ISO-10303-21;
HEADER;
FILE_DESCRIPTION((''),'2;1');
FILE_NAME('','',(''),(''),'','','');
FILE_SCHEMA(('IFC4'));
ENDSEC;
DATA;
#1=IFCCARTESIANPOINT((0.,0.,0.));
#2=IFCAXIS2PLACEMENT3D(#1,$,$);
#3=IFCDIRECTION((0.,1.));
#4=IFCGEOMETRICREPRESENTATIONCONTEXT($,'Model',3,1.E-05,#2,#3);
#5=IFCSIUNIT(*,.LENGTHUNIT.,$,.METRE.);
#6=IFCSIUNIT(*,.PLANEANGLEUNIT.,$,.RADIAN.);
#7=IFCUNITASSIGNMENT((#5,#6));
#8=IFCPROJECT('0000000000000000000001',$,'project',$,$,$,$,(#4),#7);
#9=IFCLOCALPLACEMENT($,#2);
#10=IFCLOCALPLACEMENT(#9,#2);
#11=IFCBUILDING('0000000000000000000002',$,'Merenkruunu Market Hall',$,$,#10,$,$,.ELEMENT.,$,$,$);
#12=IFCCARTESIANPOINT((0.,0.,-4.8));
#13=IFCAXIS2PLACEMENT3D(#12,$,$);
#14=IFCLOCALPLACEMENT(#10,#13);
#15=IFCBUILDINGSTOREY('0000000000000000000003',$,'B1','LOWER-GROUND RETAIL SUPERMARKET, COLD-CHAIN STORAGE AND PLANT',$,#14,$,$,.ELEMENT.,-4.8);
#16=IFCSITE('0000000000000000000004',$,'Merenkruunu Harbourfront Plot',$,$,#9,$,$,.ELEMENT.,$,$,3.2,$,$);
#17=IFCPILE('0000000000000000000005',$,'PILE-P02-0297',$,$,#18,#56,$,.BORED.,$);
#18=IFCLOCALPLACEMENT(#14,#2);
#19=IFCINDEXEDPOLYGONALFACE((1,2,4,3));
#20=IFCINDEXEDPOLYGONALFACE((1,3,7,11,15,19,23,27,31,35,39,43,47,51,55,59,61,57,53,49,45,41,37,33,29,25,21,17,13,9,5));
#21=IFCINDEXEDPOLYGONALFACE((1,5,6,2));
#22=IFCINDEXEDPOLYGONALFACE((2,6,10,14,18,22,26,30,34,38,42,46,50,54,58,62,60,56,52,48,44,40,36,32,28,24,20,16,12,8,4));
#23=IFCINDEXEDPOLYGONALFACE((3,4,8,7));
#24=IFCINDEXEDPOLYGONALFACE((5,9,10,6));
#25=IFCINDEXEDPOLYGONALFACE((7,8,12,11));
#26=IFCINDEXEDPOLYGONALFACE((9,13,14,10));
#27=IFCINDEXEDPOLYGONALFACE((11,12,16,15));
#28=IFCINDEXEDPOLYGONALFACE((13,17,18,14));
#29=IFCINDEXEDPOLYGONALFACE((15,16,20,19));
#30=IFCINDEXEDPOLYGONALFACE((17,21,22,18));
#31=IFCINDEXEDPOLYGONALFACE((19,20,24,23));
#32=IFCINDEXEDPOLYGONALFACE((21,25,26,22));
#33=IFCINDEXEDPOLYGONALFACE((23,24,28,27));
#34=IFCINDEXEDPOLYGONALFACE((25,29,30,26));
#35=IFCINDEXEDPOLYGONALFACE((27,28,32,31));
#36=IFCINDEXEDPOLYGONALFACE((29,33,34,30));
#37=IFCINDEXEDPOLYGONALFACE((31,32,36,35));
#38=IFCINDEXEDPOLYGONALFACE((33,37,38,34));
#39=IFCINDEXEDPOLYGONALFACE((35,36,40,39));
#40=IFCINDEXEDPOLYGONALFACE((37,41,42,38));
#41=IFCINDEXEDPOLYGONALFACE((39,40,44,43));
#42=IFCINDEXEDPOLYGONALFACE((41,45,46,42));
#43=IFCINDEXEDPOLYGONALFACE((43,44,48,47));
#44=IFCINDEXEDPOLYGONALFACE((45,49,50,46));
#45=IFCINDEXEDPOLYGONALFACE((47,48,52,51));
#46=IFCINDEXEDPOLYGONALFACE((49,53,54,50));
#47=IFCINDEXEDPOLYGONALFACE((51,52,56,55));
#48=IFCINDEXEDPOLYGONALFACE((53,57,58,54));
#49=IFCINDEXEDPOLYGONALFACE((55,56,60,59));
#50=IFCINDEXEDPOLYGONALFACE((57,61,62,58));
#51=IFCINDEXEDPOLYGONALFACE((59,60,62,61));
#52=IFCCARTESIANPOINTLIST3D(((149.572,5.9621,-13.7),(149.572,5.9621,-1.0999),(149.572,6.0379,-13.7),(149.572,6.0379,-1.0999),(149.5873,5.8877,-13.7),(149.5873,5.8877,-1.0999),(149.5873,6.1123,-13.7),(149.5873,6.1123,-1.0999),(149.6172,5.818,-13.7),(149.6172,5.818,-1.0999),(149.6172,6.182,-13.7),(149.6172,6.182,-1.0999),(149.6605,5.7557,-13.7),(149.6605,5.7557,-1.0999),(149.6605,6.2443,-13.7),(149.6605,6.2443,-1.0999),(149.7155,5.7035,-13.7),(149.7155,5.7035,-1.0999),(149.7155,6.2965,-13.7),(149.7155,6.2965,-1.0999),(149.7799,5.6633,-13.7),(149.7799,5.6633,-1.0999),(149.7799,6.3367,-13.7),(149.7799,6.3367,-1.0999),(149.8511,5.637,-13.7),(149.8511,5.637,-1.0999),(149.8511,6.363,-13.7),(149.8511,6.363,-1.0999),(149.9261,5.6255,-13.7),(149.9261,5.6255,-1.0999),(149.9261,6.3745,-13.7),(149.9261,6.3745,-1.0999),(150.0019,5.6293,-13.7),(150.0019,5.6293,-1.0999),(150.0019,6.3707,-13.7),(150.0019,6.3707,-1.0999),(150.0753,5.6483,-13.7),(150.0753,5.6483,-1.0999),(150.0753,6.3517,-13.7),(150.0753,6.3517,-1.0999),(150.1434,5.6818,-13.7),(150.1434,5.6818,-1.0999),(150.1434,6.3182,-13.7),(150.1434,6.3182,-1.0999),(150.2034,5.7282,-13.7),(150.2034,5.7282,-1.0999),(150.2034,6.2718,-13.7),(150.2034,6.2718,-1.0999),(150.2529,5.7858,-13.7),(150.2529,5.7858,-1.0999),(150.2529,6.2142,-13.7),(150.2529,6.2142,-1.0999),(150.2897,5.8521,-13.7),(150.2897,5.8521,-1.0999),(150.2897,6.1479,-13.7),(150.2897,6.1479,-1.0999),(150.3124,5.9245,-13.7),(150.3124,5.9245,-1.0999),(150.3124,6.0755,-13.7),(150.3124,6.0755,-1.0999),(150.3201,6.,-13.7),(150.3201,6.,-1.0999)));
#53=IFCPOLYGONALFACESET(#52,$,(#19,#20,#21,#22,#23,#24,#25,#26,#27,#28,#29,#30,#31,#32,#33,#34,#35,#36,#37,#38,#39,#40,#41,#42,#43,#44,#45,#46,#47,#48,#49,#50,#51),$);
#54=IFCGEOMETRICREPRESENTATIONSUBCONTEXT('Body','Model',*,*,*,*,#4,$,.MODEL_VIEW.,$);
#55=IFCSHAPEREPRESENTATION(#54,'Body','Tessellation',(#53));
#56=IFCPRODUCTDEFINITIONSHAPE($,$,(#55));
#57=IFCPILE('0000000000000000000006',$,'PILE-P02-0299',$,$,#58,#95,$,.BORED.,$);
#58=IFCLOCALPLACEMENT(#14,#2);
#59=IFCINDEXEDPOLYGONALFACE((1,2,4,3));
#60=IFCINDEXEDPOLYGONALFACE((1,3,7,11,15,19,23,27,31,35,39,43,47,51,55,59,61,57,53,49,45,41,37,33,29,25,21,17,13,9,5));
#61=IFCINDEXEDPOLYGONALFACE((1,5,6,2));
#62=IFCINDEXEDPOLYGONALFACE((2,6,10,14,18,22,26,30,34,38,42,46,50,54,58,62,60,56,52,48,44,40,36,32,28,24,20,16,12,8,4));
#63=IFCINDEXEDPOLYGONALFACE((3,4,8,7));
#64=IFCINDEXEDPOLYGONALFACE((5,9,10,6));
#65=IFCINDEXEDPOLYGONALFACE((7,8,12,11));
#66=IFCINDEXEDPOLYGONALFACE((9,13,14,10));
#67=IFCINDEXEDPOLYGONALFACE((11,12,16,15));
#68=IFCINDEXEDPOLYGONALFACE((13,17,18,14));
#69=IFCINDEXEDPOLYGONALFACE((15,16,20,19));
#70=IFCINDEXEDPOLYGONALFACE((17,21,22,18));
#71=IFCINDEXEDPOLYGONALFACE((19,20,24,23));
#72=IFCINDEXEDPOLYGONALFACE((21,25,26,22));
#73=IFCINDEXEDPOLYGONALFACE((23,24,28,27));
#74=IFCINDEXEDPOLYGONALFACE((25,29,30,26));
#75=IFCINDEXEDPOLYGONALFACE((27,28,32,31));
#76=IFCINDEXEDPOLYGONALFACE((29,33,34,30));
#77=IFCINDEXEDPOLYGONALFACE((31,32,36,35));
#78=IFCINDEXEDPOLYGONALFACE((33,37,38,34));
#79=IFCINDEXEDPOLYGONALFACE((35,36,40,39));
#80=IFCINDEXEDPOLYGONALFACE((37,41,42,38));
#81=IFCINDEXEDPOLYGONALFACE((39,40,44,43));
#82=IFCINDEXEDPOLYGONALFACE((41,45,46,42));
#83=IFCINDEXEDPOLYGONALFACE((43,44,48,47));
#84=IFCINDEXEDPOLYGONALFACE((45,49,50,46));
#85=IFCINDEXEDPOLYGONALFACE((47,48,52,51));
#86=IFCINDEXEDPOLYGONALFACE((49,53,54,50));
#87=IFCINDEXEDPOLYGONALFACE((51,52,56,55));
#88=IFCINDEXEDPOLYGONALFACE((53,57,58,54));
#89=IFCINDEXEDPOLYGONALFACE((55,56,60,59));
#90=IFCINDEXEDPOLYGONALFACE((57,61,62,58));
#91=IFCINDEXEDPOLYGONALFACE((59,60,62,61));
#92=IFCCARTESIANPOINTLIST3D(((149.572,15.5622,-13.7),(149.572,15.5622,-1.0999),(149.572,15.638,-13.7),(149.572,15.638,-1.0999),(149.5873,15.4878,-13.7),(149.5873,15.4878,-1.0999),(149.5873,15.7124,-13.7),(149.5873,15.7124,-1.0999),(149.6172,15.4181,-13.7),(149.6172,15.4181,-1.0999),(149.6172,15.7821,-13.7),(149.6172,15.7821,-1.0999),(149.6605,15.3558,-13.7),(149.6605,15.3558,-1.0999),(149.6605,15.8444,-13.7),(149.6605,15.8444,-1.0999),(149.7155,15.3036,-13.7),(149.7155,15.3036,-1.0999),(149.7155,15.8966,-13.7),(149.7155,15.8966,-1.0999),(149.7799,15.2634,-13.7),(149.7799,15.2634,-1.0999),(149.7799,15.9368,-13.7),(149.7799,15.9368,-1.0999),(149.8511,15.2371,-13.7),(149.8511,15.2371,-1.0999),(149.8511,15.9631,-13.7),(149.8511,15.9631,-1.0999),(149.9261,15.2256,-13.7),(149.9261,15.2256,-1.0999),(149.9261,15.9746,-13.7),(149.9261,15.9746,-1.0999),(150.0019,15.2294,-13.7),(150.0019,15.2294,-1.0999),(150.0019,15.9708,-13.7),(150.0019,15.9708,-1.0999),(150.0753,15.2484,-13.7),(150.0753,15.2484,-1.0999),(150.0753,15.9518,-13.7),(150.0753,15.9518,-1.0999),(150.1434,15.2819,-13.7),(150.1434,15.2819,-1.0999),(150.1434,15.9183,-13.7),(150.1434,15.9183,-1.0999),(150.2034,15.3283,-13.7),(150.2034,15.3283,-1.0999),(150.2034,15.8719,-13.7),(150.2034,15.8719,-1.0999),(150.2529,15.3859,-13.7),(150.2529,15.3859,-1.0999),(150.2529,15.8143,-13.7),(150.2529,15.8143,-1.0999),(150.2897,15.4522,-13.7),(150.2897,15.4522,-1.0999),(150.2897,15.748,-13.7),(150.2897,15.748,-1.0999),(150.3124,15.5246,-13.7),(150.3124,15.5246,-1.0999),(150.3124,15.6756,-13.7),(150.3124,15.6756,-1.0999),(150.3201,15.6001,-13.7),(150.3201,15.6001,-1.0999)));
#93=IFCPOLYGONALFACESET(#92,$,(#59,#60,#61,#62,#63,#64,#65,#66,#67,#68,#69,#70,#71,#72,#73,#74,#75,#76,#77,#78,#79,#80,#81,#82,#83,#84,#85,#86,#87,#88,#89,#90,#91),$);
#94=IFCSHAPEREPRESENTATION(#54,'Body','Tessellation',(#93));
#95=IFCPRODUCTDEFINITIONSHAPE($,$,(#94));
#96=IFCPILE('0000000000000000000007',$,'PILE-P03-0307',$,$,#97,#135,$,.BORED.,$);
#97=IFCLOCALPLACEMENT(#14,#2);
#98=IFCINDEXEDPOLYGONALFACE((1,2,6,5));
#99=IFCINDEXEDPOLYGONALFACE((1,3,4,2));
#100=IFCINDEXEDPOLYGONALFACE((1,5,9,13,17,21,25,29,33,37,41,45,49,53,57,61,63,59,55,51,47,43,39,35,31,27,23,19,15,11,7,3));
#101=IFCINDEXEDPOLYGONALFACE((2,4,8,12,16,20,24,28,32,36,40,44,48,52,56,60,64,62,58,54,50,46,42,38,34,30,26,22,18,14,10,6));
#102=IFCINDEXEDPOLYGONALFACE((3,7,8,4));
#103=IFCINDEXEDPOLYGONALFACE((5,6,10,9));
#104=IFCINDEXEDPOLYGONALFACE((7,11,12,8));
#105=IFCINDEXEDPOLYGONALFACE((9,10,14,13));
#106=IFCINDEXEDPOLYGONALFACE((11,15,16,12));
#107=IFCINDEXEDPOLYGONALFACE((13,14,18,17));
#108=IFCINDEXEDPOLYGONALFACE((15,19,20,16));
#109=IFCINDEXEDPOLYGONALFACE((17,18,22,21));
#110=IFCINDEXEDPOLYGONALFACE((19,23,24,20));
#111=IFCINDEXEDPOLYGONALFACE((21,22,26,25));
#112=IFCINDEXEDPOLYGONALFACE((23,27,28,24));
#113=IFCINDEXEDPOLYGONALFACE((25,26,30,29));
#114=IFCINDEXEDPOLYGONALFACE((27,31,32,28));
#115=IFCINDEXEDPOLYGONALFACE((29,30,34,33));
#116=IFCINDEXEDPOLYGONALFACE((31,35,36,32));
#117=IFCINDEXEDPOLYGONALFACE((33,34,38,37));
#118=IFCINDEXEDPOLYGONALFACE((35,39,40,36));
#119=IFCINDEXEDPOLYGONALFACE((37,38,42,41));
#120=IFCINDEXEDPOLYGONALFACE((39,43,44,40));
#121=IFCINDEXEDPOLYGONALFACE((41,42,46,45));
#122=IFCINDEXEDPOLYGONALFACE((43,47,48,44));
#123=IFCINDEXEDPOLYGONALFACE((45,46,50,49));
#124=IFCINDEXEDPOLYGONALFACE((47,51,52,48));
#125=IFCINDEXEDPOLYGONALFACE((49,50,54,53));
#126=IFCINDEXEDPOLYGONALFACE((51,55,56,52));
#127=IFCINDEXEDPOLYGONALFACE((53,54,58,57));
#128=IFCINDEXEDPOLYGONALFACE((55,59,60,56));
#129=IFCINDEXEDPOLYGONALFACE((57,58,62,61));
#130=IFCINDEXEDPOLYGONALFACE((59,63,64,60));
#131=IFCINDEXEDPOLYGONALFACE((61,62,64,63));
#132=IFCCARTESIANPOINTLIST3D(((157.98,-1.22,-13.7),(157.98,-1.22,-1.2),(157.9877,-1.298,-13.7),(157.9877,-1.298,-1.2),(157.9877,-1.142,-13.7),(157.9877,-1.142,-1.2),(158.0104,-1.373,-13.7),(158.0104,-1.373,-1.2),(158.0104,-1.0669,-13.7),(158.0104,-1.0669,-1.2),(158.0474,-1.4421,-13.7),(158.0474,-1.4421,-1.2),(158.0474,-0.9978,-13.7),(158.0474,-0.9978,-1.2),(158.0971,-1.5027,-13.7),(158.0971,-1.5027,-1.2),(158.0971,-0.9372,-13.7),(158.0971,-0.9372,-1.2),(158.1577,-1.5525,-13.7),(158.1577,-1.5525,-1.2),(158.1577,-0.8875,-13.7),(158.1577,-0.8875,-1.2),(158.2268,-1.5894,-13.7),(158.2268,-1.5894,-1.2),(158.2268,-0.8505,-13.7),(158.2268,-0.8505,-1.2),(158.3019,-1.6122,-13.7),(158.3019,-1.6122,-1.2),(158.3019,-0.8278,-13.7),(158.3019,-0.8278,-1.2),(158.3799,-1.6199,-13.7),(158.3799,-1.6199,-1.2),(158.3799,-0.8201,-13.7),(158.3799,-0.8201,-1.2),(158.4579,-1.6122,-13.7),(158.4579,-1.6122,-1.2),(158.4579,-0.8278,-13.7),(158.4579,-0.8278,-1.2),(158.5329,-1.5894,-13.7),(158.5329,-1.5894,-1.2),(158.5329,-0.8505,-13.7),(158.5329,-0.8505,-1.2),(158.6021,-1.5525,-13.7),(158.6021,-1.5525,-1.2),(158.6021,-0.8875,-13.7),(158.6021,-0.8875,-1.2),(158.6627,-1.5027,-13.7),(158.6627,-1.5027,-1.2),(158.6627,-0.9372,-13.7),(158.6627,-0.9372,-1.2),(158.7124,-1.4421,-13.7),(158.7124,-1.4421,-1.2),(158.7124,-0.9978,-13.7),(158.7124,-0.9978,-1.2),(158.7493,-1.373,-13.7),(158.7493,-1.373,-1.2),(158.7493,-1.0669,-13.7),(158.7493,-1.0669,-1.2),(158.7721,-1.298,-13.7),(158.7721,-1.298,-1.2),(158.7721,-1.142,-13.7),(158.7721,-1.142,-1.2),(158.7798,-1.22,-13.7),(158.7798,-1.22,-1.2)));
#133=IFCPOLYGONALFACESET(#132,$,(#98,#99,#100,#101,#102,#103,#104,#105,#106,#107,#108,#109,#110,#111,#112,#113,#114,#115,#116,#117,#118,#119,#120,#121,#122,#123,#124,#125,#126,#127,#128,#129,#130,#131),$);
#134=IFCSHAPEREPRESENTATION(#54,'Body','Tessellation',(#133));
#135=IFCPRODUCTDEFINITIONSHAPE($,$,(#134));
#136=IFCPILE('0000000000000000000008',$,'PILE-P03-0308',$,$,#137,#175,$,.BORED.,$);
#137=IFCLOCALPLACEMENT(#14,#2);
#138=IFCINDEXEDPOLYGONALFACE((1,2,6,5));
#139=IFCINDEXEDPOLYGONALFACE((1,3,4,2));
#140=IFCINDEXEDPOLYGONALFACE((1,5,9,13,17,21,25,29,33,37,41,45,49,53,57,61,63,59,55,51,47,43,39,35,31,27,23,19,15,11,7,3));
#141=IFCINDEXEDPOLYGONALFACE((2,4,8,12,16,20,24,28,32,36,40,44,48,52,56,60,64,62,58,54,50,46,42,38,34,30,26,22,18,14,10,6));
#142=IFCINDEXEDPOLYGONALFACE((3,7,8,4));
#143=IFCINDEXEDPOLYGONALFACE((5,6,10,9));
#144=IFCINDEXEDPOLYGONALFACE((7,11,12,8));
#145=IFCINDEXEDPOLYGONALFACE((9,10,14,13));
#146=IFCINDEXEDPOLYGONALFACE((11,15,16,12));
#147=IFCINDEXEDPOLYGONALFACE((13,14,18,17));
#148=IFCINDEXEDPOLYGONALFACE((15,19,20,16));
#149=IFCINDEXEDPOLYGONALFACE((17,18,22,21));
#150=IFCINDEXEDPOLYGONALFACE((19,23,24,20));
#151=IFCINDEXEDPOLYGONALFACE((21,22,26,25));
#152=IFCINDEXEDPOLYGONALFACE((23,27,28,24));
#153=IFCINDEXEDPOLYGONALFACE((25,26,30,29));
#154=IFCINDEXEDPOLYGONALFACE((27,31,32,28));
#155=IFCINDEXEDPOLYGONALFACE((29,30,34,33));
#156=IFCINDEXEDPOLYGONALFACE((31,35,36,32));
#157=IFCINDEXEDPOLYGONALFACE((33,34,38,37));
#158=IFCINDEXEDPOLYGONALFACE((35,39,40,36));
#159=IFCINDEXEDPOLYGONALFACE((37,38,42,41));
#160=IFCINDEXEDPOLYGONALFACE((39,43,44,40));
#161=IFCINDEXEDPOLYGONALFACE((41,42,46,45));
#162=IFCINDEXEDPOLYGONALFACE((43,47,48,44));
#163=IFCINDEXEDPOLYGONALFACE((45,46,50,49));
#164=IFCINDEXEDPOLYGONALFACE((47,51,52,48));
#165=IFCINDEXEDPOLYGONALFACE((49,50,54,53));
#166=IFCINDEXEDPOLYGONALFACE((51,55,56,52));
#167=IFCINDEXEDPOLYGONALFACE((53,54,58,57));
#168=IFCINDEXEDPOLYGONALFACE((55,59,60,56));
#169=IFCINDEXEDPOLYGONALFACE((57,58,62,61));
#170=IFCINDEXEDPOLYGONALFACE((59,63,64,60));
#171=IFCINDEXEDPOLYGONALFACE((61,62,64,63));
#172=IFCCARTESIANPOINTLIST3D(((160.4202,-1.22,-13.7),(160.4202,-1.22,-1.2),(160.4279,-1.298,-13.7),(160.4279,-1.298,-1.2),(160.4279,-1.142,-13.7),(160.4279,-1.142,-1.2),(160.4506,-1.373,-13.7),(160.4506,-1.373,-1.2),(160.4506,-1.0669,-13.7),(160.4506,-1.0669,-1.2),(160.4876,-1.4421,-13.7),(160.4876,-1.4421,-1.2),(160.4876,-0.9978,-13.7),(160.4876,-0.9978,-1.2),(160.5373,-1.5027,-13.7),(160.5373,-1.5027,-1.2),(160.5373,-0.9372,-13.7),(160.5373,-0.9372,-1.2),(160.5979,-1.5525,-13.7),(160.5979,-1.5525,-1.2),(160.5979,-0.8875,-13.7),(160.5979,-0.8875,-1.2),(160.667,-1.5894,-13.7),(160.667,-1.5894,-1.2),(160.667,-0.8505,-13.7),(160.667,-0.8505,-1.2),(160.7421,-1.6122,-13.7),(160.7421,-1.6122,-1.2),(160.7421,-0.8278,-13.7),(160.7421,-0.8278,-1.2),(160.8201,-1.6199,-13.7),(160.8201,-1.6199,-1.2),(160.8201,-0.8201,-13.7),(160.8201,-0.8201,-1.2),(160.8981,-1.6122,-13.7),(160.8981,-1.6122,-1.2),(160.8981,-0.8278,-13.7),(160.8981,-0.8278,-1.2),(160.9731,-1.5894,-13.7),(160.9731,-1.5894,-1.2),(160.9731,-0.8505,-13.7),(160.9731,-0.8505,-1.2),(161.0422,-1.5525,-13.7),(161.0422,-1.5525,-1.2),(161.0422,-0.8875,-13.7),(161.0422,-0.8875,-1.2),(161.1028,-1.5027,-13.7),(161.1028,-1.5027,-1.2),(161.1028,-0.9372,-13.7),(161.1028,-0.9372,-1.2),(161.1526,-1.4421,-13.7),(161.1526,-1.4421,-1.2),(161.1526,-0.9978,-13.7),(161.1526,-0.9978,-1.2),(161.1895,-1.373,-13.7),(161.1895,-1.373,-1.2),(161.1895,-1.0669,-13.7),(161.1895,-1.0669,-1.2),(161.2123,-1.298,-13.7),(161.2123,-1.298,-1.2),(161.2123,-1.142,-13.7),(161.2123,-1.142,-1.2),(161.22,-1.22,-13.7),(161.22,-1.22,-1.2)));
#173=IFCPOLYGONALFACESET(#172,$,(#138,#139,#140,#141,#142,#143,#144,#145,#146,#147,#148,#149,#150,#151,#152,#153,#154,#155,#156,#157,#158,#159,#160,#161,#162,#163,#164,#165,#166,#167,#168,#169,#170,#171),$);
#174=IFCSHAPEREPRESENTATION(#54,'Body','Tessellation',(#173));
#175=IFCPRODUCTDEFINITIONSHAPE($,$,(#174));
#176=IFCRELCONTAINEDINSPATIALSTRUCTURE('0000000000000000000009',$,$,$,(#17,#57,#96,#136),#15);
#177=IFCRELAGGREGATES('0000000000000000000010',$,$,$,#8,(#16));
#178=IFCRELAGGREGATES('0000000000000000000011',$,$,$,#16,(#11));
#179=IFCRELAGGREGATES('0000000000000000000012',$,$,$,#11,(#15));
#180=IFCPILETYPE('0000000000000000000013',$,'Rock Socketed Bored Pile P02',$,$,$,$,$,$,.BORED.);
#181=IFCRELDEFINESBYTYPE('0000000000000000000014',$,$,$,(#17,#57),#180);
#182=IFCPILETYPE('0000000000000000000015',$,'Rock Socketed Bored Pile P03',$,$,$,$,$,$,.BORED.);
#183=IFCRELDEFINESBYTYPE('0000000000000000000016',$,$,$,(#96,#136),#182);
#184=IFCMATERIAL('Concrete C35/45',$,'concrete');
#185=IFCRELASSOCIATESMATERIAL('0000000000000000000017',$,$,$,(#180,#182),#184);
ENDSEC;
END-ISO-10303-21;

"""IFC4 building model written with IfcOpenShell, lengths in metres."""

from ifc_helpers import new_model, si_unit, direction, frame, origin, origin_2d, place, context, subcontext, project, spatial, circle, extrude, material, material_profile, profile_set, type_object, element, save


model = new_model("IFC4")

# Units and contexts
model_context = context("Model", 3, precision=1e-05, world=origin(), true_north=direction((0.0, 1.0)))
body_context = subcontext(model_context, "Body", "Model", "MODEL_VIEW")
ifc_project = project(units=[si_unit("LENGTHUNIT", "METRE"), si_unit("PLANEANGLEUNIT", "RADIAN")], contexts=[model_context])

# Site, building, storey
site_placement = place(None, origin())
site = spatial("IfcSite", under=ifc_project, at=site_placement, Name="Merenkruunu Harbourfront Plot", CompositionType="ELEMENT", RefElevation=3.2)
building_placement = place(site_placement, origin())
building = spatial("IfcBuilding", under=site, at=building_placement, Name="Merenkruunu Market Hall", CompositionType="ELEMENT")
storey_placement = place(building_placement, frame((0.0, 0.0, -4.8)))
storey = spatial("IfcBuildingStorey", under=building, at=storey_placement, Name="B1", Description="LOWER-GROUND RETAIL SUPERMARKET, COLD-CHAIN STORAGE AND PLANT", CompositionType="ELEMENT", Elevation=-4.8)

# Shared definitions
ifc_material = material(Name="Concrete C35/45", Category="concrete")

# Piles
ifc_material_profile_1 = material_profile(ifc_material, circle(Radius=0.375, at=origin_2d()), Name="BORED PILE 750")
ifc_profile_set_1 = profile_set([ifc_material_profile_1], Name="Concrete C35/45")
pile_type_1 = type_object("IfcPileType", Name="Rock Socketed Bored Pile P02", PredefinedType="BORED", material=ifc_profile_set_1)
for number, where, z_axis, x_axis, name in (
    (1, (149.9451, 6.0, -1.0999), (0.0, 0.0, -1.0), (1.0, 0.0, 0.0), "PILE-P02-0297"),
    (2, (149.9451, 15.6001, -1.0999), (0.0, 0.0, -1.0), (1.0, 0.0, 0.0), "PILE-P02-0299"),
):
    element("IfcPile", number, at=place(storey_placement, frame(where, z_axis=z_axis, x_axis=x_axis)), inside=storey, type_object=pile_type_1, Name=name, PredefinedType="BORED", context=body_context, shape_type="SweptSolid", body=[
        extrude(circle(Radius=0.375, at=origin_2d()), origin(), (0.0, 0.0, 1.0), 12.6001),
    ])
ifc_material_profile_2 = material_profile(ifc_material, circle(Radius=0.3999, at=origin_2d()), Name="BORED PILE 800")
ifc_profile_set_2 = profile_set([ifc_material_profile_2], Name="Concrete C35/45")
pile_type_2 = type_object("IfcPileType", Name="Rock Socketed Bored Pile P03", PredefinedType="BORED", material=ifc_profile_set_2)
for number, where, z_axis, x_axis, name in (
    (3, (158.3799, -1.22, -1.2), (0.0, 0.0, -1.0), (1.0, 0.0, 0.0), "PILE-P03-0307"),
    (4, (160.8201, -1.22, -1.2), (0.0, 0.0, -1.0), (1.0, 0.0, 0.0), "PILE-P03-0308"),
):
    element("IfcPile", number, at=place(storey_placement, frame(where, z_axis=z_axis, x_axis=x_axis)), inside=storey, type_object=pile_type_2, Name=name, PredefinedType="BORED", context=body_context, shape_type="SweptSolid", body=[
        extrude(circle(Radius=0.3999, at=origin_2d()), origin(), (0.0, 0.0, 1.0), 12.5),
    ])

save(model, "model.ifc")
